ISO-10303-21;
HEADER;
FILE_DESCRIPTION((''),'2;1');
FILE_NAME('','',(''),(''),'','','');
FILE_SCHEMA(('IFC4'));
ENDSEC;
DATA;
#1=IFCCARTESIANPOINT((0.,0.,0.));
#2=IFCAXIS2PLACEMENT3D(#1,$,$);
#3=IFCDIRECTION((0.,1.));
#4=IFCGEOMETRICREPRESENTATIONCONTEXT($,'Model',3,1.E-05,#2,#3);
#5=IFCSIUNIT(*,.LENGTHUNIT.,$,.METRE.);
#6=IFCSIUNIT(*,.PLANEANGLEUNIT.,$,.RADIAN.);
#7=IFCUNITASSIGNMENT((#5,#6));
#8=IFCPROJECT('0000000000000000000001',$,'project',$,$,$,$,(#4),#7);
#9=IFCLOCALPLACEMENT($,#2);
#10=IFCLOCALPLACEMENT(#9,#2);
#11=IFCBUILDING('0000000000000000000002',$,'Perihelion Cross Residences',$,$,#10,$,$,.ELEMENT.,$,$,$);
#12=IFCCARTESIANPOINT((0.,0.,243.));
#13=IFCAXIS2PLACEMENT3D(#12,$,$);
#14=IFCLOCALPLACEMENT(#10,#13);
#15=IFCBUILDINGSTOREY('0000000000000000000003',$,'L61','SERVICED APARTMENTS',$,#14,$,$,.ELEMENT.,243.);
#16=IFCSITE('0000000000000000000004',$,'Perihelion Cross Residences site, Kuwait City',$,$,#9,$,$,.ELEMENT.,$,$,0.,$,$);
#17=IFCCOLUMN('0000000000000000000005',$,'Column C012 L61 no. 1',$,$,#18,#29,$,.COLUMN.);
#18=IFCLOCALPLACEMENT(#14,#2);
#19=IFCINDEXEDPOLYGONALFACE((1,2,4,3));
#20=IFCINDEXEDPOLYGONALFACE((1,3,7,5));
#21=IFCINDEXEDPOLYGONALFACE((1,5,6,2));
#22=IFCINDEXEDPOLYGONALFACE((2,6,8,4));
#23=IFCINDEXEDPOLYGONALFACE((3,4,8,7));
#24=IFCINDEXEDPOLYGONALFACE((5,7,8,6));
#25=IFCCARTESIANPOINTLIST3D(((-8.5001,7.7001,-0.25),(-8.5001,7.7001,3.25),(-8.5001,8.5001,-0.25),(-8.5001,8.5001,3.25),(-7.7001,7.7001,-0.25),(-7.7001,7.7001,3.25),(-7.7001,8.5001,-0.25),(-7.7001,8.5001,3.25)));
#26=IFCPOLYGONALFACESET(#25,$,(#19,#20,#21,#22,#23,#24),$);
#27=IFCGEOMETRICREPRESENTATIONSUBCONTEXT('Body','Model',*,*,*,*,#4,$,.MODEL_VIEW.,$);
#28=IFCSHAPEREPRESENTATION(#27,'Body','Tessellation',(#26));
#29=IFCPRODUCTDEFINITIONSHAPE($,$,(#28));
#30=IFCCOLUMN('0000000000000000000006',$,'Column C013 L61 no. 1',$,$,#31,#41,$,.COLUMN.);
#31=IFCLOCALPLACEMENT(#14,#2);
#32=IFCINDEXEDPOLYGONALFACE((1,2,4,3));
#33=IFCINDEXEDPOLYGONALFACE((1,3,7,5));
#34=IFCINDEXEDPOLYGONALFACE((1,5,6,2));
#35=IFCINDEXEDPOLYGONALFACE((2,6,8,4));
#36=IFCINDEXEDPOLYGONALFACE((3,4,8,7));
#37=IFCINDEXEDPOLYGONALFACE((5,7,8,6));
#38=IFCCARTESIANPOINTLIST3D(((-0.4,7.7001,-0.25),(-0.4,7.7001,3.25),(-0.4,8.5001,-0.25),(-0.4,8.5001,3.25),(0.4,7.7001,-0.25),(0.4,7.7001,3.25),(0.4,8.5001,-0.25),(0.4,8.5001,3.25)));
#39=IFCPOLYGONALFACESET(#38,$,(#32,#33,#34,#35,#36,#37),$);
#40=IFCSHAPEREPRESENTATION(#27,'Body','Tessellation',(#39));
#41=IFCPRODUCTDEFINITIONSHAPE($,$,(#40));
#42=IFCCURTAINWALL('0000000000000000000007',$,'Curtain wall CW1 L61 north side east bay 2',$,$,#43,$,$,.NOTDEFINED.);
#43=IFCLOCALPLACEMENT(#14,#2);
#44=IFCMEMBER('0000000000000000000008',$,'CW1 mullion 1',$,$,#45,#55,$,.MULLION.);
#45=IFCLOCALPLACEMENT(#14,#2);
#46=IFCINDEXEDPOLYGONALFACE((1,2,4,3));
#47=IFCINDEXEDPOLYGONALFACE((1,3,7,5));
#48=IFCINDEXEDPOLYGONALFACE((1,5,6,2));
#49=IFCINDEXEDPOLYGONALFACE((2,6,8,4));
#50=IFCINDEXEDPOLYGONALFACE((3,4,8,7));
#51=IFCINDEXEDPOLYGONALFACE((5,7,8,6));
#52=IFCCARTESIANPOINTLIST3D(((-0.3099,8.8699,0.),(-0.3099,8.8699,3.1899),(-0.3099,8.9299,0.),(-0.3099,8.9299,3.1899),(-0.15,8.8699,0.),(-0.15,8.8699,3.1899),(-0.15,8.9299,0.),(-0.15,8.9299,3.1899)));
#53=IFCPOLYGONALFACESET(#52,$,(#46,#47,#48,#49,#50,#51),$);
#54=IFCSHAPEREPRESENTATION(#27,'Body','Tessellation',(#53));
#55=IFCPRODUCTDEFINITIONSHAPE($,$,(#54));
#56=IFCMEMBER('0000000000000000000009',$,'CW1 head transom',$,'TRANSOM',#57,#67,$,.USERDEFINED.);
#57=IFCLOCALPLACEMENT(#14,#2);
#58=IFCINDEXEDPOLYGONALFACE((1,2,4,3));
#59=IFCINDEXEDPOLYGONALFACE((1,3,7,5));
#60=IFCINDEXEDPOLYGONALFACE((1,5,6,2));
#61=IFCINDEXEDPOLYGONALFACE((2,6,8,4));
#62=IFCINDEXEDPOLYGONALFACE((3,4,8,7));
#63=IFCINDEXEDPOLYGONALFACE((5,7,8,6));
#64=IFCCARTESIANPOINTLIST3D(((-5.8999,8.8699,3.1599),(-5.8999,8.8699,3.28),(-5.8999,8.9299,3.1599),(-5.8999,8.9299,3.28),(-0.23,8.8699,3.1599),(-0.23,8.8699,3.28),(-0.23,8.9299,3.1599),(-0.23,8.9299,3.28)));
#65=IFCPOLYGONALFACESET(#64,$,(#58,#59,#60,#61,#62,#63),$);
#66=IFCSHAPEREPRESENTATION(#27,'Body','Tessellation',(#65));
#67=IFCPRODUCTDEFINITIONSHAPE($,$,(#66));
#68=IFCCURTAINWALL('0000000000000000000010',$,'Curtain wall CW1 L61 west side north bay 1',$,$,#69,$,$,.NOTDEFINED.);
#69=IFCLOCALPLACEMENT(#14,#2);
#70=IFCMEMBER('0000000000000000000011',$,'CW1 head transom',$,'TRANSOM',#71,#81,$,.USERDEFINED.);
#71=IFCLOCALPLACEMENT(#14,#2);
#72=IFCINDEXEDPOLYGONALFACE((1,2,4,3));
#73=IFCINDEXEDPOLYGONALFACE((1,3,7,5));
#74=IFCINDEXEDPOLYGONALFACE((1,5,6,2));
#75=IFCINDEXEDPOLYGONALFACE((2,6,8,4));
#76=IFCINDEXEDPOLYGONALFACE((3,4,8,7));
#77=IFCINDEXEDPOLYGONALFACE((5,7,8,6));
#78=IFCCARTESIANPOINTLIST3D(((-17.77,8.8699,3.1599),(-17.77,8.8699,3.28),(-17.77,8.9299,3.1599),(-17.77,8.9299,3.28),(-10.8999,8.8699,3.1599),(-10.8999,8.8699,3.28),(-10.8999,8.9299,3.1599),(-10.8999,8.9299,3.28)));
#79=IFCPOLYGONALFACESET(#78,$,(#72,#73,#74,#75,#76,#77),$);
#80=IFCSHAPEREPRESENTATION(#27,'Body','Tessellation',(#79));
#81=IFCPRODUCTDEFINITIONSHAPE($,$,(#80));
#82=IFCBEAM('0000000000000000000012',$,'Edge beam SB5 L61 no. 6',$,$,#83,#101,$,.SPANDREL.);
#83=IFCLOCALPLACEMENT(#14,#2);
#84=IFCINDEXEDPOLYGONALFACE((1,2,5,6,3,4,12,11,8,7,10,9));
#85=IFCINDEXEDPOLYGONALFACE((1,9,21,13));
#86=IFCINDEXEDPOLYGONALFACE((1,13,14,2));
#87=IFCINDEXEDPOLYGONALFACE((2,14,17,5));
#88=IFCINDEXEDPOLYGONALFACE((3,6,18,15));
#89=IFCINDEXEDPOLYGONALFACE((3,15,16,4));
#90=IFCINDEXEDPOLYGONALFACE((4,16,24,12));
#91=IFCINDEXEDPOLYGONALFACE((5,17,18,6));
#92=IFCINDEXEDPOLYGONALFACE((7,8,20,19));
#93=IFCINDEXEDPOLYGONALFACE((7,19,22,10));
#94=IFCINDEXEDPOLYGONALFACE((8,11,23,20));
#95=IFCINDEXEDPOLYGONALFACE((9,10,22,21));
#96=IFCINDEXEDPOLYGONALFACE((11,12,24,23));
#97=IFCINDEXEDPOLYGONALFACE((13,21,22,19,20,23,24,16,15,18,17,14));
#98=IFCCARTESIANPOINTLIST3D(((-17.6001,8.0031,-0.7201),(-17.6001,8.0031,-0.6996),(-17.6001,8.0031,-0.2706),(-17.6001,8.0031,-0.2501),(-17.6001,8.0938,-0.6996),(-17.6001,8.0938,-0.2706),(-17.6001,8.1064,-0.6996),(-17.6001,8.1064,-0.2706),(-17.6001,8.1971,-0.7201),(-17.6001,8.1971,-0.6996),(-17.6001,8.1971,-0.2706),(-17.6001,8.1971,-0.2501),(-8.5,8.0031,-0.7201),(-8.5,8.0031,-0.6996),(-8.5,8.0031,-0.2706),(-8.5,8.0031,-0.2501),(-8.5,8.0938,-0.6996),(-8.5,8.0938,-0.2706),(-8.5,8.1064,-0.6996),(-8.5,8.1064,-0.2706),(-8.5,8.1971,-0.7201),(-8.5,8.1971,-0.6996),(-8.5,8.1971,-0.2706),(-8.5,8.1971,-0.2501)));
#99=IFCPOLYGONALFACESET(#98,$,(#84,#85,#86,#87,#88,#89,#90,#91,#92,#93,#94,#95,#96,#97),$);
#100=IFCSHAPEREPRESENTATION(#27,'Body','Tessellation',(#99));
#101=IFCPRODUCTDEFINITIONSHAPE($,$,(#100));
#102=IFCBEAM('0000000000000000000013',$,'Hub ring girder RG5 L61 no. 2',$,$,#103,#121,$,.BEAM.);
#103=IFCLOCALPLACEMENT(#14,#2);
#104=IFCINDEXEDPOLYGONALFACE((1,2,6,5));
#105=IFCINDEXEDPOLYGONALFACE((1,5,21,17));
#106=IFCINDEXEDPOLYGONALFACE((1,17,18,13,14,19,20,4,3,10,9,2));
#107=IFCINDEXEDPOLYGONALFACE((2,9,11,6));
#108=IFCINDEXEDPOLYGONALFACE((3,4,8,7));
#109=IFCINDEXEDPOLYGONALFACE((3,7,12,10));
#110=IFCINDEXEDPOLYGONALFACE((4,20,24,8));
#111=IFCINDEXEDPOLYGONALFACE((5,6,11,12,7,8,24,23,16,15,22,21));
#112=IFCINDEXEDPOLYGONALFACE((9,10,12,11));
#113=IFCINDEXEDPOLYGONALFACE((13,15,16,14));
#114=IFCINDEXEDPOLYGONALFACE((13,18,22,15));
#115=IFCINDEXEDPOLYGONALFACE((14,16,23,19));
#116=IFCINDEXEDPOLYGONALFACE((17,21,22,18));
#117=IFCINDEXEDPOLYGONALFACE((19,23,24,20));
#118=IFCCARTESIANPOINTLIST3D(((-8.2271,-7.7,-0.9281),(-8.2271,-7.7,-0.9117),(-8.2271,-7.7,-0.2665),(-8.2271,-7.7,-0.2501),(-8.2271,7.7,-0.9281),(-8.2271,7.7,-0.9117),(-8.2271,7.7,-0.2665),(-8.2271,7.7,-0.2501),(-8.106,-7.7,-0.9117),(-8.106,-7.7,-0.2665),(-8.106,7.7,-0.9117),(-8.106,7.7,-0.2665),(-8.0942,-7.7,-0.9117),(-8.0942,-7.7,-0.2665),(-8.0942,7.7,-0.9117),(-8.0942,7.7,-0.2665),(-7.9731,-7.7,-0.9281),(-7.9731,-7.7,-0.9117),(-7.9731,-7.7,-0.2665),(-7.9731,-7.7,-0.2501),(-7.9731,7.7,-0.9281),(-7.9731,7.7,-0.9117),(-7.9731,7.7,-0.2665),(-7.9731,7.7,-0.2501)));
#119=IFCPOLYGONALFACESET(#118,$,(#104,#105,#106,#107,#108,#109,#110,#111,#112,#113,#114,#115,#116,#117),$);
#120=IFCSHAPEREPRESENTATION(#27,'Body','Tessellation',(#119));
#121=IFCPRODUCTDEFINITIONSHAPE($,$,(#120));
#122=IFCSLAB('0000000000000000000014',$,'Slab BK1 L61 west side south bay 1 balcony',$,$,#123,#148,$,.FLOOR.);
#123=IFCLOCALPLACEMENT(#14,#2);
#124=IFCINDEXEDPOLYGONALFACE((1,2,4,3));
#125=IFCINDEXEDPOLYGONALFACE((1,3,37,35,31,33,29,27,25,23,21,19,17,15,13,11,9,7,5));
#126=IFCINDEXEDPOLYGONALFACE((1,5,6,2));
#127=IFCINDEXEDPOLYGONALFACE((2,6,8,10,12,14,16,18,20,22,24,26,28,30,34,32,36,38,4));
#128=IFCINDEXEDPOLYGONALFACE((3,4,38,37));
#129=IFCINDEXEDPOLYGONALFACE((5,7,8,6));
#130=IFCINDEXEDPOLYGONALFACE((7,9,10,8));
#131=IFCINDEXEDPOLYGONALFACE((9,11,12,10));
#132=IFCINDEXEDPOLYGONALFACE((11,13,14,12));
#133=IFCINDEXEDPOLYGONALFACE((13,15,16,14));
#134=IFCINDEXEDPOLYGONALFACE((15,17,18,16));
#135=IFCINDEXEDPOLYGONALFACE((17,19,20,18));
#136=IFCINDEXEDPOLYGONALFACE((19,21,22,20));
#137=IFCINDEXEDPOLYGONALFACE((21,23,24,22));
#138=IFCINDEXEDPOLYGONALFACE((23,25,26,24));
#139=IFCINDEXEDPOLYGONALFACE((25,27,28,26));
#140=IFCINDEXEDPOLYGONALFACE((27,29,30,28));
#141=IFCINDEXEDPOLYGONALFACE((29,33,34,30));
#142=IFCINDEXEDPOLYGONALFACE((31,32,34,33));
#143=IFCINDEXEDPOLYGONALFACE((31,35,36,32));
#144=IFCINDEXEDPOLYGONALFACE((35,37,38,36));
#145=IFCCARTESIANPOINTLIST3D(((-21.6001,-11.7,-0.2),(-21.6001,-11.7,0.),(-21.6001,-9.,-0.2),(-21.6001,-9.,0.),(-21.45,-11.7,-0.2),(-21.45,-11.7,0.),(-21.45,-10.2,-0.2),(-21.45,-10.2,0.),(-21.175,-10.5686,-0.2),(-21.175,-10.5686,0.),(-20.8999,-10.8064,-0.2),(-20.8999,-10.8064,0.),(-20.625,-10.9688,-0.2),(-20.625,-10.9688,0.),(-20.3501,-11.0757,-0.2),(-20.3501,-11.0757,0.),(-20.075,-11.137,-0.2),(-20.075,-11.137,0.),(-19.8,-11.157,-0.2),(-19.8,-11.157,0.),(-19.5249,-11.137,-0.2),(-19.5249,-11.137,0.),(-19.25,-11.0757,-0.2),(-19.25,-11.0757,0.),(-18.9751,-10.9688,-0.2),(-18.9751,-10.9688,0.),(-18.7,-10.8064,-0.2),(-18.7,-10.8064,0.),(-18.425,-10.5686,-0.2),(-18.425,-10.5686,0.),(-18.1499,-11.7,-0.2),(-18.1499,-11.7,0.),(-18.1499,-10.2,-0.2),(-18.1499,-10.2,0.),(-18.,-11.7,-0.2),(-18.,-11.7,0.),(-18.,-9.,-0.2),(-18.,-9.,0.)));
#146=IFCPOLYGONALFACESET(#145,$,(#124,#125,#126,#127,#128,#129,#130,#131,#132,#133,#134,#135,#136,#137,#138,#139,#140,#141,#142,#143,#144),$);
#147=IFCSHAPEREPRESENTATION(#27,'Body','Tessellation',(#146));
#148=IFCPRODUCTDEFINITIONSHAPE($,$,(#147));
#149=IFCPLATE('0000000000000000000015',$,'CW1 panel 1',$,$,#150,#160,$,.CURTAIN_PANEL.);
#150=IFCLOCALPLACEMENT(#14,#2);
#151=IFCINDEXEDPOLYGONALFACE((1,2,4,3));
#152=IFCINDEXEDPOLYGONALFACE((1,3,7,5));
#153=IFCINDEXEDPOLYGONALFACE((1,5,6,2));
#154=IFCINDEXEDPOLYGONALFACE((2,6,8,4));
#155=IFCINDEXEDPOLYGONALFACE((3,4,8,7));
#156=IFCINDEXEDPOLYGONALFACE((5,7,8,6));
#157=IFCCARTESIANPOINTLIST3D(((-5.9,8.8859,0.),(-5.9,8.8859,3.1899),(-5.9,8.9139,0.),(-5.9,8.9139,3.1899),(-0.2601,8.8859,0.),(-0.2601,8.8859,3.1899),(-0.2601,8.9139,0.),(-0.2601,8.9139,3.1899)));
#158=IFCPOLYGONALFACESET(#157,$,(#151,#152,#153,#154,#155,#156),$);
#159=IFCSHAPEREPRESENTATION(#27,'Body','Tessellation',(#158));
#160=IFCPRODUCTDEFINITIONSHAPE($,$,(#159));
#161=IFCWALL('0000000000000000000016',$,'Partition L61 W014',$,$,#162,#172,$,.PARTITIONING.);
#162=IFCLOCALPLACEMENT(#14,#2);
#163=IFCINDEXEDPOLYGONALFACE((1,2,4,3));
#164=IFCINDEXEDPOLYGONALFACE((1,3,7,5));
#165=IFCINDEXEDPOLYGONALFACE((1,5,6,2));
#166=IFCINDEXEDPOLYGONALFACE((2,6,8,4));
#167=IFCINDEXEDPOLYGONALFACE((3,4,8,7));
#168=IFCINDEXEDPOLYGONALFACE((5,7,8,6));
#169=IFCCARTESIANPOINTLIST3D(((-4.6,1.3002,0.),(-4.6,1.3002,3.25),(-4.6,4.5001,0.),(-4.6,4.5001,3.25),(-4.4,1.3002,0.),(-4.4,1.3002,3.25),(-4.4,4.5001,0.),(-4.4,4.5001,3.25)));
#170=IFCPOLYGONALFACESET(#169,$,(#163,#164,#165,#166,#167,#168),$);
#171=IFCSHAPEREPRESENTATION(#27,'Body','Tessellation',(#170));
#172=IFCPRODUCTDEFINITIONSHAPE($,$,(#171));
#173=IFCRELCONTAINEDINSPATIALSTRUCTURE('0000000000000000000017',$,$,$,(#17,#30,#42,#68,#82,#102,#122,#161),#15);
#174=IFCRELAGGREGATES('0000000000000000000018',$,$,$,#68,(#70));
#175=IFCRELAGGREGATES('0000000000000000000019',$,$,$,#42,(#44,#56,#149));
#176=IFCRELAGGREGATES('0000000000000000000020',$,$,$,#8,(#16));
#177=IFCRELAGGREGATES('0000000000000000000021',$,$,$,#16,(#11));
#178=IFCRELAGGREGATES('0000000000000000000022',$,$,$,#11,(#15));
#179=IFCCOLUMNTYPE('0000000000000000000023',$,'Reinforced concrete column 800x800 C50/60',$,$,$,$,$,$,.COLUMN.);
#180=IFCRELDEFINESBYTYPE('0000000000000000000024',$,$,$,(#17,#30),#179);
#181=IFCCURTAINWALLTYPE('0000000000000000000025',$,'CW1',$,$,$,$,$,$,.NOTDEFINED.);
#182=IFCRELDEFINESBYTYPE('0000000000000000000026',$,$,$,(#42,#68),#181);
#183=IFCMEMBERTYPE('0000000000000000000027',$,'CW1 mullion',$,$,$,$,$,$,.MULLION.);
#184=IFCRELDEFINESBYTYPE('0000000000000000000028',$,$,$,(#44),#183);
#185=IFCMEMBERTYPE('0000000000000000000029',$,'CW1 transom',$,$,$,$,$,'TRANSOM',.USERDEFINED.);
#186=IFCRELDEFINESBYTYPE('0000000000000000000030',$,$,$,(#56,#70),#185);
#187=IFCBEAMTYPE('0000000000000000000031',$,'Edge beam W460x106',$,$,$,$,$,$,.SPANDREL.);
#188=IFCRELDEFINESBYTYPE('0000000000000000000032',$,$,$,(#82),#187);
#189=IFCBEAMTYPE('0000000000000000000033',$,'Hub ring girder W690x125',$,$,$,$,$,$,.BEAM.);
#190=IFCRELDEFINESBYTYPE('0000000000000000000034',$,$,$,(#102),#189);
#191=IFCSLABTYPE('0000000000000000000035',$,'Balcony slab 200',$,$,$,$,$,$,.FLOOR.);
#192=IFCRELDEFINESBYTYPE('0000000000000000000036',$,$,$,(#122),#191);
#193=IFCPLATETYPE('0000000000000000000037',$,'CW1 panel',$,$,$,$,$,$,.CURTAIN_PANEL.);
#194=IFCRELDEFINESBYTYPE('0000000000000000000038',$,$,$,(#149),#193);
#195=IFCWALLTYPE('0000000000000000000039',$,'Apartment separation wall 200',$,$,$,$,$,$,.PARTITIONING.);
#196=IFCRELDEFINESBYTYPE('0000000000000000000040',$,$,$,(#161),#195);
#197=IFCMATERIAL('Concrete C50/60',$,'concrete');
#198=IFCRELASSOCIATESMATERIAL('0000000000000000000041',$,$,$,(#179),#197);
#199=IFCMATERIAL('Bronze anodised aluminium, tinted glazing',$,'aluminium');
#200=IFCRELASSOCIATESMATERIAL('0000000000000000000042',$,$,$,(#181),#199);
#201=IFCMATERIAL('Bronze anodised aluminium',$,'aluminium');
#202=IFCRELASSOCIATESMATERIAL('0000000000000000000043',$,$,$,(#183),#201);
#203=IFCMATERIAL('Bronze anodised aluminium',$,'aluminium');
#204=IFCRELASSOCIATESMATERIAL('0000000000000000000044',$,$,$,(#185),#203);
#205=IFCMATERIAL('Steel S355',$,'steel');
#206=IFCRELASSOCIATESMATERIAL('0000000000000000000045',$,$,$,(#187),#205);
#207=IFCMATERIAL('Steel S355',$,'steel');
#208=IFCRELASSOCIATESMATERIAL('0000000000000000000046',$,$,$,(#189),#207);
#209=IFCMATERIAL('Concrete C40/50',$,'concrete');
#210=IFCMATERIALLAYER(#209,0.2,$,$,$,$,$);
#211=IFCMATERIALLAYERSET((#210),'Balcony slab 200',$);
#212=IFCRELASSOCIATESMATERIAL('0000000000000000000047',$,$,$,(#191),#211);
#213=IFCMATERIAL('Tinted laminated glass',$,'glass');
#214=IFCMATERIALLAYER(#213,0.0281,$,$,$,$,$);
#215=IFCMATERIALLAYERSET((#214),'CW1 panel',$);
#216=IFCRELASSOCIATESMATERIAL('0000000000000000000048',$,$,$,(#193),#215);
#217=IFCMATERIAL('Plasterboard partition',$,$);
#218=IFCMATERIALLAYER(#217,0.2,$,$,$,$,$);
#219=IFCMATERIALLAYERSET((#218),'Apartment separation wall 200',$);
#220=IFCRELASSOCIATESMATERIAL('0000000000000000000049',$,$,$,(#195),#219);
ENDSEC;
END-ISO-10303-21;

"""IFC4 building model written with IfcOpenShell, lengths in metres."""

from ifc_helpers import new_model, si_unit, direction, frame, frame_2d, origin, origin_2d, place, context, subcontext, project, spatial, polyline, rectangle, i_section, outline, extrude, material, layer, layer_set, material_profile, profile_set, type_object, element, aggregate, save


model = new_model("IFC4")

# Units and contexts
model_context = context("Model", 3, precision=1e-05, world=origin(), true_north=direction((0.0, 1.0)))
body_context = subcontext(model_context, "Body", "Model", "MODEL_VIEW")
ifc_project = project(units=[si_unit("LENGTHUNIT", "METRE"), si_unit("PLANEANGLEUNIT", "RADIAN")], contexts=[model_context])

# Site, building, storey
site_placement = place(None, origin())
site = spatial("IfcSite", under=ifc_project, at=site_placement, Name="Perihelion Cross Residences site, Kuwait City", CompositionType="ELEMENT", RefElevation=0.0)
building_placement = place(site_placement, origin())
building = spatial("IfcBuilding", under=site, at=building_placement, Name="Perihelion Cross Residences", CompositionType="ELEMENT")
storey_placement = place(building_placement, frame((0.0, 0.0, 243.0)))
storey = spatial("IfcBuildingStorey", under=building, at=storey_placement, Name="L61", Description="SERVICED APARTMENTS", CompositionType="ELEMENT", Elevation=243.0)

# Columns
ifc_material_1 = material(Name="Concrete C50/60", Category="concrete")
ifc_material_profile_1 = material_profile(ifc_material_1, rectangle(XDim=0.8, YDim=0.8, at=origin_2d()), Name="RC 800x800")
ifc_profile_set_1 = profile_set([ifc_material_profile_1], Name="Concrete C50/60")
column_type = type_object("IfcColumnType", Name="Reinforced concrete column 800x800 C50/60", PredefinedType="COLUMN", material=ifc_profile_set_1)
for number, where, z_axis, x_axis, name in (
    (1, (-8.1001, 8.1001, -0.25), (0.0, 0.0, 1.0), (1.0, 0.0, 0.0), "Column C012 L61 no. 1"),
    (2, (0.0, 8.1001, -0.25), (0.0, 0.0, 1.0), (1.0, 0.0, 0.0), "Column C013 L61 no. 1"),
):
    element("IfcColumn", number, at=place(storey_placement, frame(where, z_axis=z_axis, x_axis=x_axis)), inside=storey, type_object=column_type, Name=name, PredefinedType="COLUMN", context=body_context, shape_type="SweptSolid", body=[
        extrude(rectangle(XDim=0.8, YDim=0.8, at=origin_2d()), origin(), (0.0, 0.0, 1.0), 3.5),
    ])

# Curtain wall, members
ifc_material_2 = material(Name="Bronze anodised aluminium, tinted glazing", Category="aluminium")
curtain_wall_type = type_object("IfcCurtainWallType", Name="CW1", PredefinedType="NOTDEFINED", material=ifc_material_2)
curtain_wall_1_placement = place(storey_placement, origin())
curtain_wall_1 = element("IfcCurtainWall", 3, at=curtain_wall_1_placement, inside=storey, type_object=curtain_wall_type, Name="Curtain wall CW1 L61 north side east bay 2", PredefinedType="NOTDEFINED")
ifc_material_3 = material(Name="Bronze anodised aluminium", Category="aluminium")
ifc_material_profile_2 = material_profile(ifc_material_3, rectangle(XDim=0.0601, YDim=0.1599, at=origin_2d()), Name="CW1 mullion")
ifc_profile_set_2 = profile_set([ifc_material_profile_2], Name="Bronze anodised aluminium")
member_type_1 = type_object("IfcMemberType", Name="CW1 mullion", PredefinedType="MULLION", material=ifc_profile_set_2)
member_1_placement = place(storey_placement, frame((-0.23, 8.8999, 0.0), z_axis=(0.0, 0.0, 1.0), x_axis=(0.0, -1.0, 0.0)))
member_1 = element("IfcMember", 4, at=member_1_placement, type_object=member_type_1, Name="CW1 mullion 1", PredefinedType="MULLION", context=body_context, shape_type="SweptSolid", body=[
    extrude(rectangle(XDim=0.0601, YDim=0.1599, at=origin_2d()), origin(), (0.0, 0.0, 1.0), 3.1899),
])
ifc_material_4 = material(Name="Bronze anodised aluminium", Category="aluminium")
ifc_material_profile_3 = material_profile(ifc_material_4, rectangle(XDim=0.0601, YDim=0.1201, at=origin_2d()), Name="CW1 transom")
ifc_profile_set_3 = profile_set([ifc_material_profile_3], Name="Bronze anodised aluminium")
member_type_2 = type_object("IfcMemberType", Name="CW1 transom", ElementType="TRANSOM", PredefinedType="USERDEFINED", material=ifc_profile_set_3)
member_2_placement = place(storey_placement, frame((-0.23, 8.8999, 3.22), z_axis=(-1.0, 0.0, 0.0), x_axis=(0.0, -1.0, 0.0)))
member_2 = element("IfcMember", 5, at=member_2_placement, type_object=member_type_2, Name="CW1 head transom", ObjectType="TRANSOM", PredefinedType="USERDEFINED", context=body_context, shape_type="SweptSolid", body=[
    extrude(rectangle(XDim=0.0601, YDim=0.1201, at=origin_2d()), origin(), (0.0, 0.0, 1.0), 5.6699),
])

# Curtain wall, member
curtain_wall_2_placement = place(storey_placement, origin())
curtain_wall_2 = element("IfcCurtainWall", 6, at=curtain_wall_2_placement, inside=storey, type_object=curtain_wall_type, Name="Curtain wall CW1 L61 west side north bay 1", PredefinedType="NOTDEFINED")
member_3_placement = place(storey_placement, frame((-10.8999, 8.8999, 3.22), z_axis=(-1.0, 0.0, 0.0), x_axis=(0.0, -1.0, 0.0)))
member_3 = element("IfcMember", 7, at=member_3_placement, type_object=member_type_2, Name="CW1 head transom", ObjectType="TRANSOM", PredefinedType="USERDEFINED", context=body_context, shape_type="SweptSolid", body=[
    extrude(rectangle(XDim=0.0601, YDim=0.1201, at=origin_2d()), origin(), (0.0, 0.0, 1.0), 6.8701),
])
aggregate(curtain_wall_2, [member_3])

# Beams
ifc_material_5 = material(Name="Steel S355", Category="steel")
ifc_material_profile_4 = material_profile(ifc_material_5, i_section(OverallWidth=0.1941, OverallDepth=0.47, WebThickness=0.0127, FlangeThickness=0.0205, at=origin_2d()), Name="W460x106")
ifc_profile_set_4 = profile_set([ifc_material_profile_4], Name="Steel S355")
beam_type_1 = type_object("IfcBeamType", Name="Edge beam W460x106", PredefinedType="SPANDREL", material=ifc_profile_set_4)
beam_1_placement = place(storey_placement, frame((-8.5, 8.1001, -0.4851), z_axis=(-1.0, 0.0, 0.0), x_axis=(0.0, -1.0, 0.0)))
element("IfcBeam", 8, at=beam_1_placement, inside=storey, type_object=beam_type_1, Name="Edge beam SB5 L61 no. 6", PredefinedType="SPANDREL", context=body_context, shape_type="SweptSolid", body=[
    extrude(i_section(OverallWidth=0.1941, OverallDepth=0.47, WebThickness=0.0127, FlangeThickness=0.0205, at=origin_2d()), origin(), (0.0, 0.0, 1.0), 9.1001),
])
ifc_material_6 = material(Name="Steel S355", Category="steel")
ifc_material_profile_5 = material_profile(ifc_material_6, i_section(OverallWidth=0.2539, OverallDepth=0.678, WebThickness=0.0117, FlangeThickness=0.0164, at=origin_2d()), Name="W690x125")
ifc_profile_set_5 = profile_set([ifc_material_profile_5], Name="Steel S355")
beam_type_2 = type_object("IfcBeamType", Name="Hub ring girder W690x125", PredefinedType="BEAM", material=ifc_profile_set_5)
beam_2_placement = place(storey_placement, frame((-8.1001, 7.7, -0.5891), z_axis=(0.0, -1.0, 0.0), x_axis=(1.0, 0.0, 0.0)))
element("IfcBeam", 9, at=beam_2_placement, inside=storey, type_object=beam_type_2, Name="Hub ring girder RG5 L61 no. 2", PredefinedType="BEAM", context=body_context, shape_type="SweptSolid", body=[
    extrude(i_section(OverallWidth=0.2539, OverallDepth=0.678, WebThickness=0.0117, FlangeThickness=0.0164, at=origin_2d()), origin(), (0.0, 0.0, 1.0), 15.3999),
])

# Slab
ifc_material_7 = material(Name="Concrete C40/50", Category="concrete")
ifc_layer_1 = layer(ifc_material_7, 0.2)
ifc_layer_set_1 = layer_set([ifc_layer_1], Name="Balcony slab 200")
slab_type = type_object("IfcSlabType", Name="Balcony slab 200", PredefinedType="FLOOR", material=ifc_layer_set_1)
slab_placement = place(storey_placement, frame((0.0, 0.0, -0.2)))
element("IfcSlab", 10, at=slab_placement, inside=storey, type_object=slab_type, Name="Slab BK1 L61 west side south bay 1 balcony", PredefinedType="FLOOR", context=body_context, shape_type="SweptSolid", body=[
    extrude(outline(polyline([(-21.6001, -9.0), (-18.0, -9.0), (-18.0, -11.7), (-18.1499, -11.7), (-18.1499, -10.2), (-18.425, -10.5686), (-18.7, -10.8064), (-18.9751, -10.9688), (-19.25, -11.0757), (-19.5249, -11.137), (-19.8, -11.157), (-20.075, -11.137), (-20.3501, -11.0757), (-20.625, -10.9688), (-20.8999, -10.8064), (-21.175, -10.5686), (-21.45, -10.2), (-21.45, -11.7), (-21.6001, -11.7), (-21.6001, -9.0)])), origin(), (0.0, 0.0, 1.0), 0.2),
])

# Plate
ifc_material_8 = material(Name="Tinted laminated glass", Category="glass")
ifc_layer_2 = layer(ifc_material_8, 0.0281)
ifc_layer_set_2 = layer_set([ifc_layer_2], Name="CW1 panel")
plate_type = type_object("IfcPlateType", Name="CW1 panel", PredefinedType="CURTAIN_PANEL", material=ifc_layer_set_2)
plate_placement = place(storey_placement, frame((-3.0801, 8.8999, 0.0), z_axis=(0.0, 0.0, 1.0), x_axis=(-1.0, 0.0, 0.0)))
plate = element("IfcPlate", 11, at=plate_placement, type_object=plate_type, Name="CW1 panel 1", PredefinedType="CURTAIN_PANEL", context=body_context, shape_type="SweptSolid", body=[
    extrude(rectangle(XDim=5.6399, YDim=0.0281, at=origin_2d()), origin(), (0.0, 0.0, 1.0), 3.1899),
])
aggregate(curtain_wall_1, [member_1, member_2, plate])

# Wall
ifc_material_9 = material(Name="Plasterboard partition")
ifc_layer_3 = layer(ifc_material_9, 0.2)
ifc_layer_set_3 = layer_set([ifc_layer_3], Name="Apartment separation wall 200")
wall_type_1 = type_object("IfcWallType", Name="Apartment separation wall 200", PredefinedType="PARTITIONING", material=ifc_layer_set_3)
wall_1_placement = place(storey_placement, frame((-4.5, 1.3, 0.0), z_axis=(0.0, 0.0, 1.0), x_axis=(0.0, 1.0, 0.0)))
element("IfcWall", 12, at=wall_1_placement, inside=storey, type_object=wall_type_1, Name="Partition L61 W014", PredefinedType="PARTITIONING", context=body_context, shape_type="SweptSolid", body=[
    extrude(rectangle(XDim=3.2, YDim=0.2, at=frame_2d((1.6001, 0.0))), origin(), (0.0, 0.0, 1.0), 3.25),
])

save(model, "model.ifc")
